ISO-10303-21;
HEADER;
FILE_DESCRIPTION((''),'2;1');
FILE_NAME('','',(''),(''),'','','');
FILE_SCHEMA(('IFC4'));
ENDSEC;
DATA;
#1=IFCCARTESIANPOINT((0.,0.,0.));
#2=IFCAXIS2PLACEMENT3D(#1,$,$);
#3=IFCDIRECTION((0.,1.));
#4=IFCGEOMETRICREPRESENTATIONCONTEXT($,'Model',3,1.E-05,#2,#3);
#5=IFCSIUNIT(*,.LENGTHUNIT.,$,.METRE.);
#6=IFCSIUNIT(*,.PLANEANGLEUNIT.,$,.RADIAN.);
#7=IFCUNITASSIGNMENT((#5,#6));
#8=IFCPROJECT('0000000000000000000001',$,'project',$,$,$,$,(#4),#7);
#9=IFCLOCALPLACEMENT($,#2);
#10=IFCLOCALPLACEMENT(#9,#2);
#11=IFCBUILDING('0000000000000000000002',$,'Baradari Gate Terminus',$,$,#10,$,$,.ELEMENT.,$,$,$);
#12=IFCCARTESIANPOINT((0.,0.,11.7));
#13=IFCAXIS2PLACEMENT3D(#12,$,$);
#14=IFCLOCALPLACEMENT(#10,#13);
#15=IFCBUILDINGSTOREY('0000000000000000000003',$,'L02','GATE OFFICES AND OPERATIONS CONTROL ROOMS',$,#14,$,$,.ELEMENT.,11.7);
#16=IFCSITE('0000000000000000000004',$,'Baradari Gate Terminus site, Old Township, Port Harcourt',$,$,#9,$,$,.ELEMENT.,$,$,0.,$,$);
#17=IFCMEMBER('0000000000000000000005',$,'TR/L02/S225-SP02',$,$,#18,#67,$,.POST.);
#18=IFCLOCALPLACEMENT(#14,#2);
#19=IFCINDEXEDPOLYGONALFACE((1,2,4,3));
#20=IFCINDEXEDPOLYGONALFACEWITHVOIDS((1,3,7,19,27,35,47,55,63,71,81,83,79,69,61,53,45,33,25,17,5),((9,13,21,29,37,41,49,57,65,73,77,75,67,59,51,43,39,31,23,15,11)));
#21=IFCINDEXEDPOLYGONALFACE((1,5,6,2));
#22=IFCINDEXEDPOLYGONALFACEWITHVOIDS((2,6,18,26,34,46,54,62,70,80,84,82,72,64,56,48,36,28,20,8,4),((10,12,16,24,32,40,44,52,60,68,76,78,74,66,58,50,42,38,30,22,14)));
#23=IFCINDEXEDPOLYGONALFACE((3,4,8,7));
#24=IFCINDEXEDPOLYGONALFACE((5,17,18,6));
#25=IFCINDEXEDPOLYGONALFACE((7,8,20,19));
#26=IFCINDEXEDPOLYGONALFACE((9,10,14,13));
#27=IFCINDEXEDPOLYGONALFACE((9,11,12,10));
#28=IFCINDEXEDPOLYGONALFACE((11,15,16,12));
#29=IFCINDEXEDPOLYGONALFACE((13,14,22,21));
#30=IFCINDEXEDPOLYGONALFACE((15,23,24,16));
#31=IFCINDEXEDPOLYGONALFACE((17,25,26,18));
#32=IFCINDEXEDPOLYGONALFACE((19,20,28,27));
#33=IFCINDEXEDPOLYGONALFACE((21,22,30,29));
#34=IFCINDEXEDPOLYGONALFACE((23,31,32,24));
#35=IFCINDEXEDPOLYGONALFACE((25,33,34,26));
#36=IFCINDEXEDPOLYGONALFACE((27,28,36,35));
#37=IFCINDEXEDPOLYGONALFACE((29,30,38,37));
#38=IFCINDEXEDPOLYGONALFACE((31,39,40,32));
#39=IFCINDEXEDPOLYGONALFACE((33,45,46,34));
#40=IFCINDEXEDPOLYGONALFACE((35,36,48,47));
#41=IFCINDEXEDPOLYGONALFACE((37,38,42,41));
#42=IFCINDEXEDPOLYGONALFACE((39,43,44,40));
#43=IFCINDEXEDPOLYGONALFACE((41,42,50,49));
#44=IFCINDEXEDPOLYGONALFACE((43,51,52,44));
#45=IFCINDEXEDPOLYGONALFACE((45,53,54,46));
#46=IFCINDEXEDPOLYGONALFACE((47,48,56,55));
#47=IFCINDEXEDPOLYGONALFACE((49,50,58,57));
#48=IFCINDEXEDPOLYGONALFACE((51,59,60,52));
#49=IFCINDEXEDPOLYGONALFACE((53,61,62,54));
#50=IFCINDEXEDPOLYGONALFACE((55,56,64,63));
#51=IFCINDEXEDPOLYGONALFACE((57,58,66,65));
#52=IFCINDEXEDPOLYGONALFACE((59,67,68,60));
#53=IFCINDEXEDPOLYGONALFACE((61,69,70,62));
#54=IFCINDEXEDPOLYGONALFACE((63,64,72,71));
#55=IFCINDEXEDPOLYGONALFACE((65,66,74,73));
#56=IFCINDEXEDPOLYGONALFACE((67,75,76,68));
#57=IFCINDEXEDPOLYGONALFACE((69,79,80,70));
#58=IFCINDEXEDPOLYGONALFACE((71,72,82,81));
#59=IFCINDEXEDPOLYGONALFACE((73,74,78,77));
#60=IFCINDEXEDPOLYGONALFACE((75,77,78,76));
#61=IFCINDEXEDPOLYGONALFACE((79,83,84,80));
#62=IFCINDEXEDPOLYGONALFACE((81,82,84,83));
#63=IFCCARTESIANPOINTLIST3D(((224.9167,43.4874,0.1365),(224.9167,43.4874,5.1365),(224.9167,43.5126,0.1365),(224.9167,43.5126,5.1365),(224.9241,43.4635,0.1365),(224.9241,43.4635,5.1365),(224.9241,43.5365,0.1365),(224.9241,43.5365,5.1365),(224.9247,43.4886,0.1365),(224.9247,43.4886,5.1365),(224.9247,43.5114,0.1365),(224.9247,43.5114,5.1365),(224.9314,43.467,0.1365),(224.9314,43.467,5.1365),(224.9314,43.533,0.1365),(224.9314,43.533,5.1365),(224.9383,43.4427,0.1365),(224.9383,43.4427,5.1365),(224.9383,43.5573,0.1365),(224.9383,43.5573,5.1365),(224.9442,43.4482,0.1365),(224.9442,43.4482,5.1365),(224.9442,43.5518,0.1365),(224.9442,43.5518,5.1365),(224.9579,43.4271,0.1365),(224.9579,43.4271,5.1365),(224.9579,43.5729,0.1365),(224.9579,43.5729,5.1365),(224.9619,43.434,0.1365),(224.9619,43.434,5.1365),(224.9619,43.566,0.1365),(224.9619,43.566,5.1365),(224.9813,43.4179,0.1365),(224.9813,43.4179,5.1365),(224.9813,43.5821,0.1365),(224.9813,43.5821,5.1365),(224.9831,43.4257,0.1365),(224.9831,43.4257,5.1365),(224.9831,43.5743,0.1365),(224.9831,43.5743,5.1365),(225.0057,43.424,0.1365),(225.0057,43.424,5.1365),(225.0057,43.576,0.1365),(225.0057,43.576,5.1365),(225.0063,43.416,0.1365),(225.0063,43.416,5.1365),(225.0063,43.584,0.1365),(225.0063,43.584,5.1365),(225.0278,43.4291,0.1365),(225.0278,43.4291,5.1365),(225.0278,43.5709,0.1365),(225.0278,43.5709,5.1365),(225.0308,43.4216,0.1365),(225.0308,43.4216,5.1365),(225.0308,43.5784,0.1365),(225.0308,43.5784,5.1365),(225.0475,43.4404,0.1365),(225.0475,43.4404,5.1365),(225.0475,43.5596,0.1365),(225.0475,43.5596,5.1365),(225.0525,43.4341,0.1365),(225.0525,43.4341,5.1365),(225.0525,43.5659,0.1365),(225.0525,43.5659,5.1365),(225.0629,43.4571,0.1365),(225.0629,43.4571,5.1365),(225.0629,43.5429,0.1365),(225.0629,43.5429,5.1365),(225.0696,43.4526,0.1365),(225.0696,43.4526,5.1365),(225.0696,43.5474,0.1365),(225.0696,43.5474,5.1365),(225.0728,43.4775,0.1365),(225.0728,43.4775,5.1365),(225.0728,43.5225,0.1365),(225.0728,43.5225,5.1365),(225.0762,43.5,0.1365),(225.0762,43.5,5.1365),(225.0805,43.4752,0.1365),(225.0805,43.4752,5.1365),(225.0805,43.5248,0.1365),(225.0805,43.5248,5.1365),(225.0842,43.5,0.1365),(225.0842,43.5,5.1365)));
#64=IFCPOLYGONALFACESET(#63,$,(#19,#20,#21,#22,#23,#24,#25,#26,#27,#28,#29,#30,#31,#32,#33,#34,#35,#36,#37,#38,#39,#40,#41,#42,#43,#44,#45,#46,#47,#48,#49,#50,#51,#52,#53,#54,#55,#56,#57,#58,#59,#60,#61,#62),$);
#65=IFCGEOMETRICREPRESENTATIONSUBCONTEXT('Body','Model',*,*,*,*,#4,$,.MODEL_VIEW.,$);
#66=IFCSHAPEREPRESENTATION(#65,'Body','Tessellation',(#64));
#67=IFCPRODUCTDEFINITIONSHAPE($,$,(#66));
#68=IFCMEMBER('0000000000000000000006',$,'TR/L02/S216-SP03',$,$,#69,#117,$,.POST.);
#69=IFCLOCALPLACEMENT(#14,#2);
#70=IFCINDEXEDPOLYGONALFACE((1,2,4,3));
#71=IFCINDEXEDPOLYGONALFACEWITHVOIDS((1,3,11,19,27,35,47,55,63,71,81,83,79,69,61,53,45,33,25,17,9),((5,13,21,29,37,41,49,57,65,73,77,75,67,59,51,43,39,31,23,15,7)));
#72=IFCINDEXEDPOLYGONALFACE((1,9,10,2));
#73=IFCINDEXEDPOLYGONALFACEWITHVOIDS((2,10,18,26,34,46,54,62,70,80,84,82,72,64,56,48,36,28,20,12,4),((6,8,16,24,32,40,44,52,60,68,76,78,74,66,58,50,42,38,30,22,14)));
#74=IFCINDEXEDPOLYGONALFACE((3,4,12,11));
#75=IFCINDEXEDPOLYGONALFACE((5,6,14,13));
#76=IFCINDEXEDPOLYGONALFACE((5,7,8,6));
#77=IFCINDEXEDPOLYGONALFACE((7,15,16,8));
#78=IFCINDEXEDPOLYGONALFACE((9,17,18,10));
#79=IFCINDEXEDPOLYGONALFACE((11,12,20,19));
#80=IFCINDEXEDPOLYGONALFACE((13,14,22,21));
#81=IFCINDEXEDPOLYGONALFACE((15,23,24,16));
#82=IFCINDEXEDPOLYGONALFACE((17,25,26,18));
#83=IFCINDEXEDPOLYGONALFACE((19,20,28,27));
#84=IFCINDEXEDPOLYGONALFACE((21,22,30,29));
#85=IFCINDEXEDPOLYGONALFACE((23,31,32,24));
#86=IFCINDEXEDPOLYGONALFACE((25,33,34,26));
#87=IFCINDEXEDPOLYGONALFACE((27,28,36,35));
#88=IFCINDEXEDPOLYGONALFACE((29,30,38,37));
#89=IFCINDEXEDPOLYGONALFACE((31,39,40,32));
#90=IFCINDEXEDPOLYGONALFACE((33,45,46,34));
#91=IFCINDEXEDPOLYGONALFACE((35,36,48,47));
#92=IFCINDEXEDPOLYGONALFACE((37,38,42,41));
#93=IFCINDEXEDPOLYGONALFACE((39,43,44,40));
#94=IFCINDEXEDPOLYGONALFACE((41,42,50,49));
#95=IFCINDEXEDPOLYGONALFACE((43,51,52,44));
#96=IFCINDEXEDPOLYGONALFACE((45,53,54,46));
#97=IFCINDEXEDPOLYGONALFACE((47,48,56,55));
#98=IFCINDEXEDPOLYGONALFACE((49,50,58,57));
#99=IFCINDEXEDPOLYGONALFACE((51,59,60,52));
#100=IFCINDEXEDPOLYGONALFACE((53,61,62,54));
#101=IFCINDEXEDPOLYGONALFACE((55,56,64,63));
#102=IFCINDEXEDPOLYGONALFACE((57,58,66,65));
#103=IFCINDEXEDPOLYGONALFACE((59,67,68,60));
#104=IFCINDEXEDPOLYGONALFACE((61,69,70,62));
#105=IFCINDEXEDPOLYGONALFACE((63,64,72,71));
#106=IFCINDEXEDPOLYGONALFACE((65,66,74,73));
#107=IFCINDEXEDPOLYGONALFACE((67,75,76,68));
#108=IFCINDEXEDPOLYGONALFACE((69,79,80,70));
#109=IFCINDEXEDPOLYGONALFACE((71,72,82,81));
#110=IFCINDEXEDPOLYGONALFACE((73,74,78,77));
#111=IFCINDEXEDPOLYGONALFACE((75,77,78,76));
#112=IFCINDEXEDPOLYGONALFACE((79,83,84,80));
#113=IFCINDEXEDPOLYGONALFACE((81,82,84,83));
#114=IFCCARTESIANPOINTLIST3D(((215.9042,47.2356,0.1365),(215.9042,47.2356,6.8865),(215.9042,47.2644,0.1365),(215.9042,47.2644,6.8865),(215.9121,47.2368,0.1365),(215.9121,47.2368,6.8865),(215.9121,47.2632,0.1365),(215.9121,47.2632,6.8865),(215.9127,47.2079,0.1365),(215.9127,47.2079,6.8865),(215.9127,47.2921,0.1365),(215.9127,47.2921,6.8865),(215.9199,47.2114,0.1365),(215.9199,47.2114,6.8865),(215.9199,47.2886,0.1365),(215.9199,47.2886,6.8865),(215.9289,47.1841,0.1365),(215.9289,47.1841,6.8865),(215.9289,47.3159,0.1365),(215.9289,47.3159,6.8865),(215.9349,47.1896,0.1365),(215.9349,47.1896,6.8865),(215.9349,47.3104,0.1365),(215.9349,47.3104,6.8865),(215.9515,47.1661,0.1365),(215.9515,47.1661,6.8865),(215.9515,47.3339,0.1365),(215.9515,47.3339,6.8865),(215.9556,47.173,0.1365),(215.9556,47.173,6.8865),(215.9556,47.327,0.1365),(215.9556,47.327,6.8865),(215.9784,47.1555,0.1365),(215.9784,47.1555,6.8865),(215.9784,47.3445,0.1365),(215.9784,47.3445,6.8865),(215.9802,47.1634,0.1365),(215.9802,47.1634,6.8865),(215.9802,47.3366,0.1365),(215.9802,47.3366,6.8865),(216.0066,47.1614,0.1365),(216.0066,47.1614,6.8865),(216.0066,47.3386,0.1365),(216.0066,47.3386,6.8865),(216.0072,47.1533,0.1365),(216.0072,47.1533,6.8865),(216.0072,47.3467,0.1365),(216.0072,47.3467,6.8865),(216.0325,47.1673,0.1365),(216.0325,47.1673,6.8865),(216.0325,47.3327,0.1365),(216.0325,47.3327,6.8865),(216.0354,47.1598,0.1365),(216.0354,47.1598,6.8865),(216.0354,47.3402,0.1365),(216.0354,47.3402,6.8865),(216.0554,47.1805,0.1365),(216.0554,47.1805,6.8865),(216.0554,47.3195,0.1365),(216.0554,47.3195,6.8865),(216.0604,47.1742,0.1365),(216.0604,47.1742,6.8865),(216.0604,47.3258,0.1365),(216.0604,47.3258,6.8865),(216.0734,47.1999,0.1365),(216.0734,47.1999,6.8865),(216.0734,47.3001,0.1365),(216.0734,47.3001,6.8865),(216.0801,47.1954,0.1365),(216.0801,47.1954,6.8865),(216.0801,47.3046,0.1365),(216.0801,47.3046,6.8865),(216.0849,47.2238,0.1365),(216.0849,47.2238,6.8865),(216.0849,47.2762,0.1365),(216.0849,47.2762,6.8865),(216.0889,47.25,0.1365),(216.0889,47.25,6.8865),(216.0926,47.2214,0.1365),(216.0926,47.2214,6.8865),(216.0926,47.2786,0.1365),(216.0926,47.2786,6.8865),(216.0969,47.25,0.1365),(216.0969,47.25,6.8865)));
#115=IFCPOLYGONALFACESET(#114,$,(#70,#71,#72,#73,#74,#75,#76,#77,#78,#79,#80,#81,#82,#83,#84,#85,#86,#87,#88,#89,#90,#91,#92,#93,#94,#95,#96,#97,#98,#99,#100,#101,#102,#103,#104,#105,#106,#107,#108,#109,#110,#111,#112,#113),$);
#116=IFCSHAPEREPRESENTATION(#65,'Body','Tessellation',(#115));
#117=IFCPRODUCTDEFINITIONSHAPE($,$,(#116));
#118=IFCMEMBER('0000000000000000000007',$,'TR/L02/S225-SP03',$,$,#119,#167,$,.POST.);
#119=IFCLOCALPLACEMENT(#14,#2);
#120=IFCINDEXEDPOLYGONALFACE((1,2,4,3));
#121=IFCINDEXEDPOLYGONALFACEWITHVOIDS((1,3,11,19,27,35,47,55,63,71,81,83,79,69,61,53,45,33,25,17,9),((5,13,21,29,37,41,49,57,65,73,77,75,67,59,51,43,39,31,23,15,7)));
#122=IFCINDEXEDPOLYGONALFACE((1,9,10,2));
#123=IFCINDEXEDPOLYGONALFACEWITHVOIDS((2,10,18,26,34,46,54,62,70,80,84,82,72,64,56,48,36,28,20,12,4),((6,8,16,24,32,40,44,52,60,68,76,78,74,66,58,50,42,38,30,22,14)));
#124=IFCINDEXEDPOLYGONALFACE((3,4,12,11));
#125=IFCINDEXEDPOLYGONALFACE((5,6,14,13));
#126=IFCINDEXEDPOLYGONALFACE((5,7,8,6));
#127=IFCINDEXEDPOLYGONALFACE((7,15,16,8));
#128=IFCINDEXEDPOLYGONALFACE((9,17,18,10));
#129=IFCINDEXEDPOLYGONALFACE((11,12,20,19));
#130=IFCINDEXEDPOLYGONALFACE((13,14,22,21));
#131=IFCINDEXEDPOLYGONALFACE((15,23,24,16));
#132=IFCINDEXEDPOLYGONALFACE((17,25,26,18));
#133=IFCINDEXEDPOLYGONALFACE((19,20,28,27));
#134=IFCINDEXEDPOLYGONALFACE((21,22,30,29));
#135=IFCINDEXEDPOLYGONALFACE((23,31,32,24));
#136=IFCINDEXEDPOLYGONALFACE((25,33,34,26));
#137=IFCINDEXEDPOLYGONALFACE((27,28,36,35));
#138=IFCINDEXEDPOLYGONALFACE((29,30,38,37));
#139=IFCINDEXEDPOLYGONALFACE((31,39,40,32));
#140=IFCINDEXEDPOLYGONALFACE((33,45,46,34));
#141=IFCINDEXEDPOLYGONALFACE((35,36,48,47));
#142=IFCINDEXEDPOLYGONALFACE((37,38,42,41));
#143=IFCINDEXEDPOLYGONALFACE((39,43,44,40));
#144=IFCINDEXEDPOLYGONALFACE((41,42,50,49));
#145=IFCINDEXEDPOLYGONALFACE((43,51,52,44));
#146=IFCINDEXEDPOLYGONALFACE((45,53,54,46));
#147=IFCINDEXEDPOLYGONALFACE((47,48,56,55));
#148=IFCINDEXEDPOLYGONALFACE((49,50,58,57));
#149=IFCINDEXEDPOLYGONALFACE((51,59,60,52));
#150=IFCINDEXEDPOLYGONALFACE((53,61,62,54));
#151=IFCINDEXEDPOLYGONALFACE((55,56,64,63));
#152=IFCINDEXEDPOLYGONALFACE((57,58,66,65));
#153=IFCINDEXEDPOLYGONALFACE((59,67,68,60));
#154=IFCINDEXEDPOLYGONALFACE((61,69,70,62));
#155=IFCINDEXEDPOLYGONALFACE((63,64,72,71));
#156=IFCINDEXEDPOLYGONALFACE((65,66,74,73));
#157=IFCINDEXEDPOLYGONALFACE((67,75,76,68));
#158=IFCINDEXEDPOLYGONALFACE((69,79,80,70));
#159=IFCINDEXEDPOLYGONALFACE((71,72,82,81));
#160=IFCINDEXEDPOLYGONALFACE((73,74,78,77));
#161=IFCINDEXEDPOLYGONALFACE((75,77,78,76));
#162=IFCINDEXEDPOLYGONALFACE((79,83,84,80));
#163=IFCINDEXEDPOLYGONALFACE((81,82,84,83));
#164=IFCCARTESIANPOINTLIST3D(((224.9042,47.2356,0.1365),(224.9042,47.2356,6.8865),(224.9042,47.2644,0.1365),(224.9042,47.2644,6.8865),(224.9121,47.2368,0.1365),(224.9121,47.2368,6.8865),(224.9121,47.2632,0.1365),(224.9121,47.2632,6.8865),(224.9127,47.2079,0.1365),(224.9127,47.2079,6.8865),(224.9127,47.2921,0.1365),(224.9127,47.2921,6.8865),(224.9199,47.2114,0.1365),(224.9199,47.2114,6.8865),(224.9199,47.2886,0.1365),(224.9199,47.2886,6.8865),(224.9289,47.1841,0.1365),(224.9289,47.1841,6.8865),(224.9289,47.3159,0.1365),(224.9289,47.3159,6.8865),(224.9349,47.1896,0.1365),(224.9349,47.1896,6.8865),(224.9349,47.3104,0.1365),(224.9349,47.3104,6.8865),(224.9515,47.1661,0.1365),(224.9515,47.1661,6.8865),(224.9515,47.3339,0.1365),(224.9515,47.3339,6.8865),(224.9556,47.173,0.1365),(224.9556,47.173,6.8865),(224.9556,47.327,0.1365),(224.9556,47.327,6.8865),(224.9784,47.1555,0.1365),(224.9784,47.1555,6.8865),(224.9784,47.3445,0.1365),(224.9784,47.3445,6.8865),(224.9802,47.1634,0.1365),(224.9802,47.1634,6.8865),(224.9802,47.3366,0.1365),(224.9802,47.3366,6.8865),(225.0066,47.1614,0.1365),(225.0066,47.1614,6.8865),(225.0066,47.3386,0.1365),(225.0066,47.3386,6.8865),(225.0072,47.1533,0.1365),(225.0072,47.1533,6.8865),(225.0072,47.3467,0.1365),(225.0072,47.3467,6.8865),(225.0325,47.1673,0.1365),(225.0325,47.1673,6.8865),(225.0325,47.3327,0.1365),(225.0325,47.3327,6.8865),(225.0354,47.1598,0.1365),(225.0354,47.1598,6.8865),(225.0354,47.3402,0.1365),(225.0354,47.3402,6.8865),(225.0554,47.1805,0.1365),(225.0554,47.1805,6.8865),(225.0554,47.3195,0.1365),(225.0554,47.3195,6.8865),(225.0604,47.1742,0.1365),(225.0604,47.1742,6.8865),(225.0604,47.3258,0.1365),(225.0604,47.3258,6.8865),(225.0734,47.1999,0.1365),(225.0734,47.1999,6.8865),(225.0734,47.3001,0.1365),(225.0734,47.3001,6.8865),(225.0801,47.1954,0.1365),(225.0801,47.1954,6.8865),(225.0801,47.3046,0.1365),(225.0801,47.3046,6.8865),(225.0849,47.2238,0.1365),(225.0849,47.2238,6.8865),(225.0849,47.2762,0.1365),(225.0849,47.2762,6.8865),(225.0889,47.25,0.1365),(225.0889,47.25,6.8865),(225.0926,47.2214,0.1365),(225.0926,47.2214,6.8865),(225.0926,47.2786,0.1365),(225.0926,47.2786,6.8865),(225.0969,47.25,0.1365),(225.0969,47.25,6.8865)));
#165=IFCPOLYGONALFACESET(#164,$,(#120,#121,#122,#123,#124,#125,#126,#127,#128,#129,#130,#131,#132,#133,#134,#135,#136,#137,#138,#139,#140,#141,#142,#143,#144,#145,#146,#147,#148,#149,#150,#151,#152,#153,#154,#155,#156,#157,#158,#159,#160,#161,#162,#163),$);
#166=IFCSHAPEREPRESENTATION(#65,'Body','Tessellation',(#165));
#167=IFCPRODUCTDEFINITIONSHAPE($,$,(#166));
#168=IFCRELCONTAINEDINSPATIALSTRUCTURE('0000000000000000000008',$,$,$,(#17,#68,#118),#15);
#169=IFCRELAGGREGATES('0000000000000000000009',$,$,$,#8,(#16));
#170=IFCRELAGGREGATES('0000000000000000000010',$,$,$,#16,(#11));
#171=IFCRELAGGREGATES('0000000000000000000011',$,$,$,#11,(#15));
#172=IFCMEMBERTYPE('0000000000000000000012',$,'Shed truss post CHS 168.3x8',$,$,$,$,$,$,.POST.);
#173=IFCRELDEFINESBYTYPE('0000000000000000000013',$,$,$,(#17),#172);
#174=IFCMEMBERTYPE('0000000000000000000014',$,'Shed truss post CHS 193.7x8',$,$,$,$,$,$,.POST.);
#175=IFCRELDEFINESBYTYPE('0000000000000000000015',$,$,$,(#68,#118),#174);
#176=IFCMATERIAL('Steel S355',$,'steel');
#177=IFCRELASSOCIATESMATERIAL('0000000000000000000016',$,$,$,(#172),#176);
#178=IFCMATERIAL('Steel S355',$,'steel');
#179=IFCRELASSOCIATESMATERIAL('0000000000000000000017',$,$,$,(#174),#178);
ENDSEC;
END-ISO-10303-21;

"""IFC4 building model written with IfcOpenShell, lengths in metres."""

from ifc_helpers import new_model, si_unit, direction, frame, origin, origin_2d, place, context, subcontext, project, spatial, hollow_circle, extrude, material, material_profile, profile_set, type_object, element, save


model = new_model("IFC4")

# Units and contexts
model_context = context("Model", 3, precision=1e-05, world=origin(), true_north=direction((0.0, 1.0)))
body_context = subcontext(model_context, "Body", "Model", "MODEL_VIEW")
ifc_project = project(units=[si_unit("LENGTHUNIT", "METRE"), si_unit("PLANEANGLEUNIT", "RADIAN")], contexts=[model_context])

# Site, building, storey
site_placement = place(None, origin())
site = spatial("IfcSite", under=ifc_project, at=site_placement, Name="Baradari Gate Terminus site, Old Township, Port Harcourt", CompositionType="ELEMENT", RefElevation=0.0)
building_placement = place(site_placement, origin())
building = spatial("IfcBuilding", under=site, at=building_placement, Name="Baradari Gate Terminus", CompositionType="ELEMENT")
storey_placement = place(building_placement, frame((0.0, 0.0, 11.7)))
storey = spatial("IfcBuildingStorey", under=building, at=storey_placement, Name="L02", Description="GATE OFFICES AND OPERATIONS CONTROL ROOMS", CompositionType="ELEMENT", Elevation=11.7)

# Members
ifc_material_1 = material(Name="Steel S355", Category="steel")
ifc_material_profile_1 = material_profile(ifc_material_1, hollow_circle(Radius=0.0842, WallThickness=0.0081, at=origin_2d()), Name="CHS 168.3x8")
ifc_profile_set_1 = profile_set([ifc_material_profile_1], Name="Steel S355")
member_type_1 = type_object("IfcMemberType", Name="Shed truss post CHS 168.3x8", PredefinedType="POST", material=ifc_profile_set_1)
for number, where, z_axis, x_axis, name in (
    (1, (225.0, 43.5, 0.1365), (0.0, 0.0, 1.0), (1.0, 0.0, 0.0), "TR/L02/S225-SP02"),
):
    element("IfcMember", number, at=place(storey_placement, frame(where, z_axis=z_axis, x_axis=x_axis)), inside=storey, type_object=member_type_1, Name=name, PredefinedType="POST", context=body_context, shape_type="SweptSolid", body=[
        extrude(hollow_circle(Radius=0.0842, WallThickness=0.0081, at=origin_2d()), origin(), (0.0, 0.0, 1.0), 5.0),
    ])
ifc_material_2 = material(Name="Steel S355", Category="steel")
ifc_material_profile_2 = material_profile(ifc_material_2, hollow_circle(Radius=0.0969, WallThickness=0.0081, at=origin_2d()), Name="CHS 193.7x8")
ifc_profile_set_2 = profile_set([ifc_material_profile_2], Name="Steel S355")
member_type_2 = type_object("IfcMemberType", Name="Shed truss post CHS 193.7x8", PredefinedType="POST", material=ifc_profile_set_2)
for number, where, z_axis, x_axis, name in (
    (2, (216.0, 47.25, 0.1365), (0.0, 0.0, 1.0), (1.0, 0.0, 0.0), "TR/L02/S216-SP03"),
    (3, (225.0, 47.25, 0.1365), (0.0, 0.0, 1.0), (1.0, 0.0, 0.0), "TR/L02/S225-SP03"),
):
    element("IfcMember", number, at=place(storey_placement, frame(where, z_axis=z_axis, x_axis=x_axis)), inside=storey, type_object=member_type_2, Name=name, PredefinedType="POST", context=body_context, shape_type="SweptSolid", body=[
        extrude(hollow_circle(Radius=0.0969, WallThickness=0.0081, at=origin_2d()), origin(), (0.0, 0.0, 1.0), 6.75),
    ])

save(model, "model.ifc")
